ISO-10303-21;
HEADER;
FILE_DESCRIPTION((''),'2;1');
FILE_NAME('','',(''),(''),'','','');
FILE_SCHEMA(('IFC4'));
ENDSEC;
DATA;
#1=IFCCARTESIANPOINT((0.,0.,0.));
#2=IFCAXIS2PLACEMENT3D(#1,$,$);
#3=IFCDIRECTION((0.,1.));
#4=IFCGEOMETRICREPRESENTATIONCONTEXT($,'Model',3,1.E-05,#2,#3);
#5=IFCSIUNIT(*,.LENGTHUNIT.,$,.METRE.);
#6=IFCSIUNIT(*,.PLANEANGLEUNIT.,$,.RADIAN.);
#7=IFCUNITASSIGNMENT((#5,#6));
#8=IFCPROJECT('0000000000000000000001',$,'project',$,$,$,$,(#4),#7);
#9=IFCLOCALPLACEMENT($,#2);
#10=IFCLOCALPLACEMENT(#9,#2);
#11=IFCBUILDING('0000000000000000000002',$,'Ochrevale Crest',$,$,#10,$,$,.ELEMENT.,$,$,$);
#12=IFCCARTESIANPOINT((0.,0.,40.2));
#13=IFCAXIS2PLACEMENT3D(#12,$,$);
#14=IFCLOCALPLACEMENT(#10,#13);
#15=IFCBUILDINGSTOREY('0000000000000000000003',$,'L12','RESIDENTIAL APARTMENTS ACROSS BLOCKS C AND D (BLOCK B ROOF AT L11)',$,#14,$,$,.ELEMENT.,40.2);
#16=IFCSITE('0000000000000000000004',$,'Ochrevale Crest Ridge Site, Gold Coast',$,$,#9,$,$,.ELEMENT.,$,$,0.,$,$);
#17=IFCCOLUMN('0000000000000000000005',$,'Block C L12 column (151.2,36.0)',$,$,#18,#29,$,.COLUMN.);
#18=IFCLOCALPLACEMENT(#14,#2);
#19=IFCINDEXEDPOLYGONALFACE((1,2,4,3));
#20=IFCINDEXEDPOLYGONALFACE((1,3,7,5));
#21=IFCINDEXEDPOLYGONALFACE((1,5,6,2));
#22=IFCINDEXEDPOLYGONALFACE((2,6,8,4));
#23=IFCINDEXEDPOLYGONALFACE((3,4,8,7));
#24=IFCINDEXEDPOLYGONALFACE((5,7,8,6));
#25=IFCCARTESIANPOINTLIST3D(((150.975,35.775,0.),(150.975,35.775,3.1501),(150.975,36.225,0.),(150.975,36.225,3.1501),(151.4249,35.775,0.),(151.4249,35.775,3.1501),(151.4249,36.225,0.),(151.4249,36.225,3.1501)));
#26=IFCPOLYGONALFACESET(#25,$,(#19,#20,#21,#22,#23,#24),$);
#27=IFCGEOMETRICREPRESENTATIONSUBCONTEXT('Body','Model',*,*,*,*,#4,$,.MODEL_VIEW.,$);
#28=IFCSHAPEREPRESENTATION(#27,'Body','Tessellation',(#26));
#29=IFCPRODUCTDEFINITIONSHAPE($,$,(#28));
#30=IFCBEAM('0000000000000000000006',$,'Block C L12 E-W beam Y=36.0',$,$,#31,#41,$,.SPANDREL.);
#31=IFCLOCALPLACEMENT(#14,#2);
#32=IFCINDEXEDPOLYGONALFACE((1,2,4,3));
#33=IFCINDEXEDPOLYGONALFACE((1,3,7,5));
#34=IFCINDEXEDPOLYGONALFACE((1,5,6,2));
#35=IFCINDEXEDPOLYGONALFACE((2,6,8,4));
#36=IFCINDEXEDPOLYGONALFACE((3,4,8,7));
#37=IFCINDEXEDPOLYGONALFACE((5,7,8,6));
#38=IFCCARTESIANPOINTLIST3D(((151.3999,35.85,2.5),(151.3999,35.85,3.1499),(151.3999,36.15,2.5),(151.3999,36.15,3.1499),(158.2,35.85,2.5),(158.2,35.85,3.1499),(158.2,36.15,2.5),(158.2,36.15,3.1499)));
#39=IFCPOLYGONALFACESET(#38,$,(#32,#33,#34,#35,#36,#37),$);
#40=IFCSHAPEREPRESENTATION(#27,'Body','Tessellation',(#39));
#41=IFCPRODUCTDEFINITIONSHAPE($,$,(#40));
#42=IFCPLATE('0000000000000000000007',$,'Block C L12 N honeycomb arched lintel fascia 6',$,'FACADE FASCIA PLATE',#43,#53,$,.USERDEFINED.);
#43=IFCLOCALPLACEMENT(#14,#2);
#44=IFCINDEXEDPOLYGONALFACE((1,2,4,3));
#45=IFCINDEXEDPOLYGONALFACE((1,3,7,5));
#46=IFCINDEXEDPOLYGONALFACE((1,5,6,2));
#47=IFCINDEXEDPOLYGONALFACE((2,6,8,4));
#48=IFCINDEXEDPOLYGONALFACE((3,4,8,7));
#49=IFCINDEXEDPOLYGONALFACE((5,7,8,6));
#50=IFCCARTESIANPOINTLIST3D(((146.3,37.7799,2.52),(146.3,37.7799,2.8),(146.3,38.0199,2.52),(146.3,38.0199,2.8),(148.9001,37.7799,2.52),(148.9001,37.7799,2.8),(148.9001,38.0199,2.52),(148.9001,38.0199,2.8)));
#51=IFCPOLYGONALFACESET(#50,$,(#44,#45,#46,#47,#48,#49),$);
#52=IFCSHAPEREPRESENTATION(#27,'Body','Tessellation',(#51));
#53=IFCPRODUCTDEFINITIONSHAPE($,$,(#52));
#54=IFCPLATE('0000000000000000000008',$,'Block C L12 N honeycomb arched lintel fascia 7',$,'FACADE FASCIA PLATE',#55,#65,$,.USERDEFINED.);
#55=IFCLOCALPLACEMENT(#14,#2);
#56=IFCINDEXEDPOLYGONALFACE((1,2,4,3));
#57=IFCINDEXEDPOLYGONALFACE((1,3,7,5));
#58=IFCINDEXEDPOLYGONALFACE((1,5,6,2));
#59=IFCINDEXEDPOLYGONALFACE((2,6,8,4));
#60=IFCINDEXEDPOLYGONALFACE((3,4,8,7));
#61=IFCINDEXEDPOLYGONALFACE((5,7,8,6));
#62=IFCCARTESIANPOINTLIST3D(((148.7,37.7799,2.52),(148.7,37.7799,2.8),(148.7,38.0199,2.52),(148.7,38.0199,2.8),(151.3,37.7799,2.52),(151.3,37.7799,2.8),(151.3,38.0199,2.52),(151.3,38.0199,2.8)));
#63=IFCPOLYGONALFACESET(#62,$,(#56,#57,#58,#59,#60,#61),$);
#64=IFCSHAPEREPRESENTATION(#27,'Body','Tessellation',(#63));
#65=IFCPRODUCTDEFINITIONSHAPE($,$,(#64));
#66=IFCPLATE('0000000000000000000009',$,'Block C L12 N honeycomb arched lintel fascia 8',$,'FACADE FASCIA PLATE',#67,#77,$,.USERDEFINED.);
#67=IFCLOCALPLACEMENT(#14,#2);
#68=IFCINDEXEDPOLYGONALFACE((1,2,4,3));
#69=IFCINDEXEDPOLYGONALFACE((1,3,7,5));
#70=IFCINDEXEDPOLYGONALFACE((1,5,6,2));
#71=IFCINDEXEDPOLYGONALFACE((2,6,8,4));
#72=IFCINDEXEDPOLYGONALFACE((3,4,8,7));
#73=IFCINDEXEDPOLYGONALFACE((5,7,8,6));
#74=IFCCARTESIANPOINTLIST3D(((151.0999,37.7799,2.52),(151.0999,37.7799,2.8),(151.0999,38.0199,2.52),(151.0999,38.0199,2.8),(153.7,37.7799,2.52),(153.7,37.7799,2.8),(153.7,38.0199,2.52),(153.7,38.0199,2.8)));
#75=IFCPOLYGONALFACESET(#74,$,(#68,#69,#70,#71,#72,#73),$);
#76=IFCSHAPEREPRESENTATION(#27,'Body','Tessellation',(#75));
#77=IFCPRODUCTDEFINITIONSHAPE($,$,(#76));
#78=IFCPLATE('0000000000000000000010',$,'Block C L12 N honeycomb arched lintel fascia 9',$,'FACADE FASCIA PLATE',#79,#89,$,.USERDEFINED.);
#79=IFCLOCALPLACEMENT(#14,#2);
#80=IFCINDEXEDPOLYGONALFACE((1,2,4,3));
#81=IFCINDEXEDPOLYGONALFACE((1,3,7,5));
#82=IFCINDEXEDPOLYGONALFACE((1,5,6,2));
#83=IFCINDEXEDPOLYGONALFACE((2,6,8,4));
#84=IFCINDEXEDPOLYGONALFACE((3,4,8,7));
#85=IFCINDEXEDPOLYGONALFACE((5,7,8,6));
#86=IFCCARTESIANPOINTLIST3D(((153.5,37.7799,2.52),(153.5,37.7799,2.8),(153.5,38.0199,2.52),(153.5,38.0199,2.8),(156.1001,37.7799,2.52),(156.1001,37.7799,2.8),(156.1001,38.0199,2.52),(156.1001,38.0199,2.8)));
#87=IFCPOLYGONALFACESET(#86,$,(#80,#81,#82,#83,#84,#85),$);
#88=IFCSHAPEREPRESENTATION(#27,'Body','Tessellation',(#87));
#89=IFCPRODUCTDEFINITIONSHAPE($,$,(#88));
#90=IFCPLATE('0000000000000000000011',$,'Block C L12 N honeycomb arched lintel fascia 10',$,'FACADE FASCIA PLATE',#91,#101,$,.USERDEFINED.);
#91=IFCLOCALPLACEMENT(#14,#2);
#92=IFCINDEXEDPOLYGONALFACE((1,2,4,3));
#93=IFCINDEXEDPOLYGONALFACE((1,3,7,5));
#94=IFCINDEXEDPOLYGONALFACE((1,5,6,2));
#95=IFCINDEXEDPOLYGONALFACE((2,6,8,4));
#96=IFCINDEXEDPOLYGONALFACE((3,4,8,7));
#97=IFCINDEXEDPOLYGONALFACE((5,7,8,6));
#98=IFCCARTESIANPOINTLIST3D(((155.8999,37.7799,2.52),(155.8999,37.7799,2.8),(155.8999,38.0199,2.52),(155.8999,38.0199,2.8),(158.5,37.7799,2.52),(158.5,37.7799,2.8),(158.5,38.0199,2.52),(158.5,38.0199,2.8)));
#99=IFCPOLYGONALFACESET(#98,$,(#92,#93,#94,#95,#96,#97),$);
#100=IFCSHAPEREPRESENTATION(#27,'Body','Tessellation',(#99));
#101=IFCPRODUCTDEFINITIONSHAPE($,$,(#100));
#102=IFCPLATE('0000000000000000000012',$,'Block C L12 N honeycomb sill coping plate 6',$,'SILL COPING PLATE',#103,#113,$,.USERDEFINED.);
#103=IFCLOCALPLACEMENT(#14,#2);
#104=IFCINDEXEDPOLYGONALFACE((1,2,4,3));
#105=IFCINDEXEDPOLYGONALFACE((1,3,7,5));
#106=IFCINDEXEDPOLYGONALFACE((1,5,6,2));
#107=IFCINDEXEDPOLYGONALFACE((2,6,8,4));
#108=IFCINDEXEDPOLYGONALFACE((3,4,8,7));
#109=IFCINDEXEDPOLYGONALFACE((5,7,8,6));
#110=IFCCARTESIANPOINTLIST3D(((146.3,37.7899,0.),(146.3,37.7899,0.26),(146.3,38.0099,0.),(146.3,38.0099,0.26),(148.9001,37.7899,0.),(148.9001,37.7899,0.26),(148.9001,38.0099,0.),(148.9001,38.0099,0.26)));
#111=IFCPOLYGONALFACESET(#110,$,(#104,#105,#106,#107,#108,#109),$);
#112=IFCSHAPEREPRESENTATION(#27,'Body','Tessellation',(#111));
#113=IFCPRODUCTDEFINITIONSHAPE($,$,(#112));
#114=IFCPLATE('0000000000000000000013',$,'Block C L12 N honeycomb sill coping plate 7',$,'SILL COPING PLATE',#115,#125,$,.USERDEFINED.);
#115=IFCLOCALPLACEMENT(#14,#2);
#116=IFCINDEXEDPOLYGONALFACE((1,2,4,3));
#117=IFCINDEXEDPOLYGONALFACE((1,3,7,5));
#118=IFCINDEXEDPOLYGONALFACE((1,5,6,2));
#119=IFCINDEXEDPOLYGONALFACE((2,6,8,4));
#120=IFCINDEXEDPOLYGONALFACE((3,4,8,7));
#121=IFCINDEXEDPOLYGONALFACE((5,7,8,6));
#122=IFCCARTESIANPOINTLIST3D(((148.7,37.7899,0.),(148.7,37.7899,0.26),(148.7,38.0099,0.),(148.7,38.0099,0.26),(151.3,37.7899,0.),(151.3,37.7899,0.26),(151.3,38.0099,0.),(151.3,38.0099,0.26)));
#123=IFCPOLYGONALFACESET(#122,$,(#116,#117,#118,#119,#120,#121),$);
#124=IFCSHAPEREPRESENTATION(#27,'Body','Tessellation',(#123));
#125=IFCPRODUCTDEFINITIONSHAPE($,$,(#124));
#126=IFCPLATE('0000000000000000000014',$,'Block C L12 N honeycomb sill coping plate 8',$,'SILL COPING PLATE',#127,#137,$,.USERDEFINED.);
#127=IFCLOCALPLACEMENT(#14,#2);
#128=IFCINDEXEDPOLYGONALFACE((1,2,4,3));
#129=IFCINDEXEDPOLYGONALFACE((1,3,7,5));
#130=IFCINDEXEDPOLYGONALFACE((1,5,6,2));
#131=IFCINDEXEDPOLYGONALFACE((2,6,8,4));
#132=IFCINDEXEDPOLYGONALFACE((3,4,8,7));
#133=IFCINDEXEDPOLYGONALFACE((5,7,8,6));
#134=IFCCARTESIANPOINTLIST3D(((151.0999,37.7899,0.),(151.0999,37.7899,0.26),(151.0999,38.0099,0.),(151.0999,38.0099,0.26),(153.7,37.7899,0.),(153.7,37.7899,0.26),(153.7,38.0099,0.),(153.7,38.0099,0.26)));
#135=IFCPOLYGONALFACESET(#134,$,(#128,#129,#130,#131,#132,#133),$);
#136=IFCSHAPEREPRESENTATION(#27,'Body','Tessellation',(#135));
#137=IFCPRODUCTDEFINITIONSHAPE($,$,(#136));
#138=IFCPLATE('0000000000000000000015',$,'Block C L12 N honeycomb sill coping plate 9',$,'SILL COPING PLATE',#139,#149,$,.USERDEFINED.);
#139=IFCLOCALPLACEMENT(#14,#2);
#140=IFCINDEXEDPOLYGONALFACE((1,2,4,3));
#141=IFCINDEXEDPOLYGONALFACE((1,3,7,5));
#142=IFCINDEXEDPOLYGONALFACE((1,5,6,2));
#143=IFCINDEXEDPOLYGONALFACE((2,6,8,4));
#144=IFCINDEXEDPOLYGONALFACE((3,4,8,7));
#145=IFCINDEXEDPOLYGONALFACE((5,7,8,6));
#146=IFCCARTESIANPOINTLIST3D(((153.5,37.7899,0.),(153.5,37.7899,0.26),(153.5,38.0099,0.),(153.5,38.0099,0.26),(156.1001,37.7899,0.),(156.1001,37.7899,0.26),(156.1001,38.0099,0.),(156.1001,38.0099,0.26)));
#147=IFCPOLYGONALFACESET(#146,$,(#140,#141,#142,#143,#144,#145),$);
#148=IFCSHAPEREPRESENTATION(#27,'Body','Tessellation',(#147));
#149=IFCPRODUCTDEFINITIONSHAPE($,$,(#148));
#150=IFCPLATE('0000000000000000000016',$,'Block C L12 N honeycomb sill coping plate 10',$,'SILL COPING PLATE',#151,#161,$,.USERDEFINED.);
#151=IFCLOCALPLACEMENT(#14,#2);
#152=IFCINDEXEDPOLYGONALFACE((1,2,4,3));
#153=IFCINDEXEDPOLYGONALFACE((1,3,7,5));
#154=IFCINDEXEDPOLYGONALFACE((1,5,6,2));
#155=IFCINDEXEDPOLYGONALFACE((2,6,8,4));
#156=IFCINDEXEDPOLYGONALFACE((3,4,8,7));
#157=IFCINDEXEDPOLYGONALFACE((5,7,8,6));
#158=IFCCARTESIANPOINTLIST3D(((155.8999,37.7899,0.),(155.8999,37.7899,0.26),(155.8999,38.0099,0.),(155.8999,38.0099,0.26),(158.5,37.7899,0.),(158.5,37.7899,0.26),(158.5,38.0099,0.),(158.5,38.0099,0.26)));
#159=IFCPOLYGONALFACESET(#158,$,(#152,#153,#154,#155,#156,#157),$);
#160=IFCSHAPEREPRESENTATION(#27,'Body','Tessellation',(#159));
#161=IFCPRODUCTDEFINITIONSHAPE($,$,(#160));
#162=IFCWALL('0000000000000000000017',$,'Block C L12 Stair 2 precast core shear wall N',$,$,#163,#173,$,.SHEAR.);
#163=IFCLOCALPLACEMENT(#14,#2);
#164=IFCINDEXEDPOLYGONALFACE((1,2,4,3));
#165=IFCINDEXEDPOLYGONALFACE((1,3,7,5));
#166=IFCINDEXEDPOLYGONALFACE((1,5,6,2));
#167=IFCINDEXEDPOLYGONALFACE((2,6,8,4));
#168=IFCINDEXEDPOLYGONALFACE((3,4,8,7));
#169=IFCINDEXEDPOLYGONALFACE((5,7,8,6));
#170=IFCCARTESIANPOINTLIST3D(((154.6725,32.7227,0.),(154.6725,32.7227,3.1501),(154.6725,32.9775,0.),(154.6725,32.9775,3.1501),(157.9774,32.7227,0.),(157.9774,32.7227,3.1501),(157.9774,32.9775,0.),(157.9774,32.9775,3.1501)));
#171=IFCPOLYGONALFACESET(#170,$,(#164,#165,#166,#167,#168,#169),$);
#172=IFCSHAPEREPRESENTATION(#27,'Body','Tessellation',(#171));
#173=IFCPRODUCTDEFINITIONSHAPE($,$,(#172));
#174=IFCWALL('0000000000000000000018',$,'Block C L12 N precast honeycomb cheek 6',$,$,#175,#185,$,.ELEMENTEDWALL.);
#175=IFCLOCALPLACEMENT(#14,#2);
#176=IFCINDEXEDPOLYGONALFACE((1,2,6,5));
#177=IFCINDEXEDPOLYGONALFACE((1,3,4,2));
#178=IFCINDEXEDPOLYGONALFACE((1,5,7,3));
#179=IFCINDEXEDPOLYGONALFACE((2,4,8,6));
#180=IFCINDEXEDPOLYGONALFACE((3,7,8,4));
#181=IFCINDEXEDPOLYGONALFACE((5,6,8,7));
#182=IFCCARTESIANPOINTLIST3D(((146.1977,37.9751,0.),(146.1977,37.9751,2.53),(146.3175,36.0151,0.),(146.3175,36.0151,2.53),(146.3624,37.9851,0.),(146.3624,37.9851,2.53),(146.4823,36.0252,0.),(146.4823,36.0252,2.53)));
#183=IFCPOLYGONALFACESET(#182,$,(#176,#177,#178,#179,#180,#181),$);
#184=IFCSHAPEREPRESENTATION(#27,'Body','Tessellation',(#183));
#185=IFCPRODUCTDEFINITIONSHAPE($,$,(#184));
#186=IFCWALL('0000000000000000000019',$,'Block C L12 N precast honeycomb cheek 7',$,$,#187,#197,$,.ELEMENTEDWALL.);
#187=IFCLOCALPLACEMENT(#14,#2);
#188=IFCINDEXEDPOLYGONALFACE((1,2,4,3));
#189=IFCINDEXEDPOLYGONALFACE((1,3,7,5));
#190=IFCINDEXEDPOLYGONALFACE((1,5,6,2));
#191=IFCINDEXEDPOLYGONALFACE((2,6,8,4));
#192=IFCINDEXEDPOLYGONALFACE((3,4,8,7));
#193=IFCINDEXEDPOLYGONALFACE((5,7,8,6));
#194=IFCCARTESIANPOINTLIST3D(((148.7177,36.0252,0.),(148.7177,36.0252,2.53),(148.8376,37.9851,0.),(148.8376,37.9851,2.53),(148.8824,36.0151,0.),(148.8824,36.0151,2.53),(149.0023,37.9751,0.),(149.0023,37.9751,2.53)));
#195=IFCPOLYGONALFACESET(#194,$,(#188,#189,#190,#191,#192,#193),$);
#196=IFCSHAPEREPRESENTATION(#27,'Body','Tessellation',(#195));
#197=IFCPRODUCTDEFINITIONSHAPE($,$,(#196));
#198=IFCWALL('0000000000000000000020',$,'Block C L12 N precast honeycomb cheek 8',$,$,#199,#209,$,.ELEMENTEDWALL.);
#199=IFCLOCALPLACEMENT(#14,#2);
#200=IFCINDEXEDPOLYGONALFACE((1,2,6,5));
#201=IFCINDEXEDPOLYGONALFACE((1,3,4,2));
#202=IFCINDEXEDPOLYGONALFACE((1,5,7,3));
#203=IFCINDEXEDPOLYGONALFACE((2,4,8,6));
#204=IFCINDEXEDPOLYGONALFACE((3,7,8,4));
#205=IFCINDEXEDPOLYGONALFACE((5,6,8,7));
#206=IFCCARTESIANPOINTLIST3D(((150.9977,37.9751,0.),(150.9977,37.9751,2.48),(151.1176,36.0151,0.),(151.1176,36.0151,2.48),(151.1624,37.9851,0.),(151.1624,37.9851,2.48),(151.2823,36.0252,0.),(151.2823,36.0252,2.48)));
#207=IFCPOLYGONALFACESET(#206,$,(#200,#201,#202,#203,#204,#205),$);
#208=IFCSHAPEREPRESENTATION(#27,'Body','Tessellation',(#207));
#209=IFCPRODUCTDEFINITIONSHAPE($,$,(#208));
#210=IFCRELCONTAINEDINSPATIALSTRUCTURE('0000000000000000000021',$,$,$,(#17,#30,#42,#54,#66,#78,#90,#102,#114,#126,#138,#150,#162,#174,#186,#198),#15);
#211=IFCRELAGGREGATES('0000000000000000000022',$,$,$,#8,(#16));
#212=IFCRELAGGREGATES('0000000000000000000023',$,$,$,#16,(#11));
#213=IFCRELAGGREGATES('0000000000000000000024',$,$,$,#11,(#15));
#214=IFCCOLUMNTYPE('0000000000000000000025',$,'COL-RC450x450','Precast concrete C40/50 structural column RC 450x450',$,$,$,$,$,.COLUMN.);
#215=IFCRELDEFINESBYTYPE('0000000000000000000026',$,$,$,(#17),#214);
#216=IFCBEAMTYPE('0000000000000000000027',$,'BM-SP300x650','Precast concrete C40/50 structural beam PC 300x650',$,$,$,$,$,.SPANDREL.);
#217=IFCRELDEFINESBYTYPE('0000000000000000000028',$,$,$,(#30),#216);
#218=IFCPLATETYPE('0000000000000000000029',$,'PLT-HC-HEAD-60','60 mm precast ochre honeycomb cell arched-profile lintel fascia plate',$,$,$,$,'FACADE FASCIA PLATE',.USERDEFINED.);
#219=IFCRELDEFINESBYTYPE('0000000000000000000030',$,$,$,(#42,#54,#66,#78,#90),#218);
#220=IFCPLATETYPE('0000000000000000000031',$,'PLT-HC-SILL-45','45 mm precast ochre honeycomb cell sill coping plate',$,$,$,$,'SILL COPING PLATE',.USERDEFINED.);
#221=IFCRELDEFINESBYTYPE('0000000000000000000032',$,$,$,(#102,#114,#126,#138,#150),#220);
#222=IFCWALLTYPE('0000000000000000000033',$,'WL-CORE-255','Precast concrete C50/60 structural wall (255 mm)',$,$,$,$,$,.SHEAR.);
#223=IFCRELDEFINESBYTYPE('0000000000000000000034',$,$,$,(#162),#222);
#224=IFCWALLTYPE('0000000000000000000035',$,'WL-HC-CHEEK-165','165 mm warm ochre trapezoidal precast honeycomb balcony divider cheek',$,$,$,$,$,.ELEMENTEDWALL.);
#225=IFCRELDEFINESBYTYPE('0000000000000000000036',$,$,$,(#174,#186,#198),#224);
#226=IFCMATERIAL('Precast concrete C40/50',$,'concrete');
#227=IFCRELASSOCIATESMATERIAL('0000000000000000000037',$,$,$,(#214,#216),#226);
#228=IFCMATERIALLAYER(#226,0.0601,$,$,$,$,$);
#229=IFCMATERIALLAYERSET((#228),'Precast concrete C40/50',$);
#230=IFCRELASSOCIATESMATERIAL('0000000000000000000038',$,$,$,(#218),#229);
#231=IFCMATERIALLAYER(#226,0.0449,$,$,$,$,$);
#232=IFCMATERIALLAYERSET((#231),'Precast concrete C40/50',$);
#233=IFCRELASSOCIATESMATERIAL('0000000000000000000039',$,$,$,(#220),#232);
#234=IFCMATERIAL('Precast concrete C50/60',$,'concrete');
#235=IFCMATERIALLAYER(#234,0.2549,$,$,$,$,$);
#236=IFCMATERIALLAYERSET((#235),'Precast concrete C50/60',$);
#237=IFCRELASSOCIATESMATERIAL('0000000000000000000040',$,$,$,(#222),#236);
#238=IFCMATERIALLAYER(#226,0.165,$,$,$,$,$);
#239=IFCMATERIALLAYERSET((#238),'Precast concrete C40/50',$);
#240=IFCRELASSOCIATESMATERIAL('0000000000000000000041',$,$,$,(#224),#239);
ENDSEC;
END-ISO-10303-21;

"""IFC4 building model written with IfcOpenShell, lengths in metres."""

from ifc_helpers import new_model, si_unit, direction, frame, frame_2d, origin, origin_2d, place, context, subcontext, project, spatial, rectangle, extrude, material, layer, layer_set, material_profile, profile_set, type_object, element, save


model = new_model("IFC4")

# Units and contexts
model_context = context("Model", 3, precision=1e-05, world=origin(), true_north=direction((0.0, 1.0)))
body_context = subcontext(model_context, "Body", "Model", "MODEL_VIEW")
ifc_project = project(units=[si_unit("LENGTHUNIT", "METRE"), si_unit("PLANEANGLEUNIT", "RADIAN")], contexts=[model_context])

# Site, building, storey
site_placement = place(None, origin())
site = spatial("IfcSite", under=ifc_project, at=site_placement, Name="Ochrevale Crest Ridge Site, Gold Coast", CompositionType="ELEMENT", RefElevation=0.0)
building_placement = place(site_placement, origin())
building = spatial("IfcBuilding", under=site, at=building_placement, Name="Ochrevale Crest", CompositionType="ELEMENT")
storey_placement = place(building_placement, frame((0.0, 0.0, 40.2)))
storey = spatial("IfcBuildingStorey", under=building, at=storey_placement, Name="L12", Description="RESIDENTIAL APARTMENTS ACROSS BLOCKS C AND D (BLOCK B ROOF AT L11)", CompositionType="ELEMENT", Elevation=40.2)

# Column
ifc_material_1 = material(Name="Precast concrete C40/50", Category="concrete")
ifc_material_profile_1 = material_profile(ifc_material_1, rectangle(XDim=0.45, YDim=0.45, at=origin_2d()), Name="RC 450x450")
ifc_profile_set_1 = profile_set([ifc_material_profile_1], Name="Precast concrete C40/50")
column_type = type_object("IfcColumnType", Name="COL-RC450x450", Description="Precast concrete C40/50 structural column RC 450x450", PredefinedType="COLUMN", material=ifc_profile_set_1)
column_placement = place(storey_placement, frame((151.2, 36.0, 0.0), z_axis=(0.0, 0.0, 1.0), x_axis=(1.0, 0.0, 0.0)))
element("IfcColumn", 1, at=column_placement, inside=storey, type_object=column_type, Name="Block C L12 column (151.2,36.0)", PredefinedType="COLUMN", context=body_context, shape_type="SweptSolid", body=[
    extrude(rectangle(XDim=0.45, YDim=0.45, at=origin_2d()), origin(), (0.0, 0.0, 1.0), 3.1501),
])

# Beam
ifc_material_profile_2 = material_profile(ifc_material_1, rectangle(XDim=0.3, YDim=0.6499, at=origin_2d()), Name="PC 300x650")
ifc_profile_set_2 = profile_set([ifc_material_profile_2], Name="Precast concrete C40/50")
beam_type = type_object("IfcBeamType", Name="BM-SP300x650", Description="Precast concrete C40/50 structural beam PC 300x650", PredefinedType="SPANDREL", material=ifc_profile_set_2)
beam_placement = place(storey_placement, frame((151.3999, 36.0, 2.825), z_axis=(1.0, 0.0, 0.0), x_axis=(0.0, 1.0, 0.0)))
element("IfcBeam", 2, at=beam_placement, inside=storey, type_object=beam_type, Name="Block C L12 E-W beam Y=36.0", PredefinedType="SPANDREL", context=body_context, shape_type="SweptSolid", body=[
    extrude(rectangle(XDim=0.3, YDim=0.6499, at=origin_2d()), origin(), (0.0, 0.0, 1.0), 6.8),
])

# Plates
ifc_layer_1 = layer(ifc_material_1, 0.0601)
ifc_layer_set_1 = layer_set([ifc_layer_1], Name="Precast concrete C40/50")
plate_type_1 = type_object("IfcPlateType", Name="PLT-HC-HEAD-60", Description="60 mm precast ochre honeycomb cell arched-profile lintel fascia plate", ElementType="FACADE FASCIA PLATE", PredefinedType="USERDEFINED", material=ifc_layer_set_1)
for number, where, z_axis, x_axis, name in (
    (3, (147.6001, 37.8999, 2.52), (0.0, 0.0, 1.0), (1.0, 0.0, 0.0), "Block C L12 N honeycomb arched lintel fascia 6"),
    (4, (150.0, 37.8999, 2.52), (0.0, 0.0, 1.0), (1.0, 0.0, 0.0), "Block C L12 N honeycomb arched lintel fascia 7"),
    (5, (152.3999, 37.8999, 2.52), (0.0, 0.0, 1.0), (1.0, 0.0, 0.0), "Block C L12 N honeycomb arched lintel fascia 8"),
    (6, (154.8, 37.8999, 2.52), (0.0, 0.0, 1.0), (1.0, 0.0, 0.0), "Block C L12 N honeycomb arched lintel fascia 9"),
    (7, (157.2, 37.8999, 2.52), (0.0, 0.0, 1.0), (1.0, 0.0, 0.0), "Block C L12 N honeycomb arched lintel fascia 10"),
):
    element("IfcPlate", number, at=place(storey_placement, frame(where, z_axis=z_axis, x_axis=x_axis)), inside=storey, type_object=plate_type_1, Name=name, ObjectType="FACADE FASCIA PLATE", PredefinedType="USERDEFINED", context=body_context, shape_type="SweptSolid", body=[
        extrude(rectangle(XDim=2.6001, YDim=0.24, at=origin_2d()), origin(), (0.0, 0.0, 1.0), 0.28),
    ])
ifc_layer_2 = layer(ifc_material_1, 0.0449)
ifc_layer_set_2 = layer_set([ifc_layer_2], Name="Precast concrete C40/50")
plate_type_2 = type_object("IfcPlateType", Name="PLT-HC-SILL-45", Description="45 mm precast ochre honeycomb cell sill coping plate", ElementType="SILL COPING PLATE", PredefinedType="USERDEFINED", material=ifc_layer_set_2)
for number, where, z_axis, x_axis, name in (
    (8, (147.6001, 37.8999, 0.0), (0.0, 0.0, 1.0), (1.0, 0.0, 0.0), "Block C L12 N honeycomb sill coping plate 6"),
    (9, (150.0, 37.8999, 0.0), (0.0, 0.0, 1.0), (1.0, 0.0, 0.0), "Block C L12 N honeycomb sill coping plate 7"),
    (10, (152.3999, 37.8999, 0.0), (0.0, 0.0, 1.0), (1.0, 0.0, 0.0), "Block C L12 N honeycomb sill coping plate 8"),
    (11, (154.8, 37.8999, 0.0), (0.0, 0.0, 1.0), (1.0, 0.0, 0.0), "Block C L12 N honeycomb sill coping plate 9"),
    (12, (157.2, 37.8999, 0.0), (0.0, 0.0, 1.0), (1.0, 0.0, 0.0), "Block C L12 N honeycomb sill coping plate 10"),
):
    element("IfcPlate", number, at=place(storey_placement, frame(where, z_axis=z_axis, x_axis=x_axis)), inside=storey, type_object=plate_type_2, Name=name, ObjectType="SILL COPING PLATE", PredefinedType="USERDEFINED", context=body_context, shape_type="SweptSolid", body=[
        extrude(rectangle(XDim=2.6001, YDim=0.22, at=origin_2d()), origin(), (0.0, 0.0, 1.0), 0.26),
    ])

# Walls
ifc_material_2 = material(Name="Precast concrete C50/60", Category="concrete")
ifc_layer_3 = layer(ifc_material_2, 0.2549)
ifc_layer_set_3 = layer_set([ifc_layer_3], Name="Precast concrete C50/60")
wall_type_1 = type_object("IfcWallType", Name="WL-CORE-255", Description="Precast concrete C50/60 structural wall (255 mm)", PredefinedType="SHEAR", material=ifc_layer_set_3)
wall_1_placement = place(storey_placement, frame((154.6726, 32.8501, 0.0), z_axis=(0.0, 0.0, 1.0), x_axis=(1.0, 0.0, 0.0)))
element("IfcWall", 13, at=wall_1_placement, inside=storey, type_object=wall_type_1, Name="Block C L12 Stair 2 precast core shear wall N", PredefinedType="SHEAR", context=body_context, shape_type="SweptSolid", body=[
    extrude(rectangle(XDim=3.3049, YDim=0.2549, at=frame_2d((1.6523, 0.0))), origin(), (0.0, 0.0, 1.0), 3.1501),
])
ifc_layer_4 = layer(ifc_material_1, 0.165)
ifc_layer_set_4 = layer_set([ifc_layer_4], Name="Precast concrete C40/50")
wall_type_2 = type_object("IfcWallType", Name="WL-HC-CHEEK-165", Description="165 mm warm ochre trapezoidal precast honeycomb balcony divider cheek", PredefinedType="ELEMENTEDWALL", material=ifc_layer_set_4)
for number, where, z_axis, x_axis, name in (
    (14, (146.3999, 36.02, 0.0), (0.0, 0.0, 1.0), (-0.061047, 0.998135, 0.0), "Block C L12 N precast honeycomb cheek 6"),
    (15, (148.8, 36.02, 0.0), (0.0, 0.0, 1.0), (0.061047, 0.998135, 0.0), "Block C L12 N precast honeycomb cheek 7"),
):
    element("IfcWall", number, at=place(storey_placement, frame(where, z_axis=z_axis, x_axis=x_axis)), inside=storey, type_object=wall_type_2, Name=name, PredefinedType="ELEMENTEDWALL", context=body_context, shape_type="SweptSolid", body=[
        extrude(rectangle(XDim=1.9636, YDim=0.165, at=frame_2d((0.9819, 0.0))), origin(), (0.0, 0.0, 1.0), 2.53),
    ])
for number, where, z_axis, x_axis, name in (
    (16, (151.2, 36.02, 0.0), (0.0, 0.0, 1.0), (-0.061047, 0.998135, 0.0), "Block C L12 N precast honeycomb cheek 8"),
):
    element("IfcWall", number, at=place(storey_placement, frame(where, z_axis=z_axis, x_axis=x_axis)), inside=storey, type_object=wall_type_2, Name=name, PredefinedType="ELEMENTEDWALL", context=body_context, shape_type="SweptSolid", body=[
        extrude(rectangle(XDim=1.9636, YDim=0.165, at=frame_2d((0.9819, 0.0))), origin(), (0.0, 0.0, 1.0), 2.48),
    ])

save(model, "model.ifc")
